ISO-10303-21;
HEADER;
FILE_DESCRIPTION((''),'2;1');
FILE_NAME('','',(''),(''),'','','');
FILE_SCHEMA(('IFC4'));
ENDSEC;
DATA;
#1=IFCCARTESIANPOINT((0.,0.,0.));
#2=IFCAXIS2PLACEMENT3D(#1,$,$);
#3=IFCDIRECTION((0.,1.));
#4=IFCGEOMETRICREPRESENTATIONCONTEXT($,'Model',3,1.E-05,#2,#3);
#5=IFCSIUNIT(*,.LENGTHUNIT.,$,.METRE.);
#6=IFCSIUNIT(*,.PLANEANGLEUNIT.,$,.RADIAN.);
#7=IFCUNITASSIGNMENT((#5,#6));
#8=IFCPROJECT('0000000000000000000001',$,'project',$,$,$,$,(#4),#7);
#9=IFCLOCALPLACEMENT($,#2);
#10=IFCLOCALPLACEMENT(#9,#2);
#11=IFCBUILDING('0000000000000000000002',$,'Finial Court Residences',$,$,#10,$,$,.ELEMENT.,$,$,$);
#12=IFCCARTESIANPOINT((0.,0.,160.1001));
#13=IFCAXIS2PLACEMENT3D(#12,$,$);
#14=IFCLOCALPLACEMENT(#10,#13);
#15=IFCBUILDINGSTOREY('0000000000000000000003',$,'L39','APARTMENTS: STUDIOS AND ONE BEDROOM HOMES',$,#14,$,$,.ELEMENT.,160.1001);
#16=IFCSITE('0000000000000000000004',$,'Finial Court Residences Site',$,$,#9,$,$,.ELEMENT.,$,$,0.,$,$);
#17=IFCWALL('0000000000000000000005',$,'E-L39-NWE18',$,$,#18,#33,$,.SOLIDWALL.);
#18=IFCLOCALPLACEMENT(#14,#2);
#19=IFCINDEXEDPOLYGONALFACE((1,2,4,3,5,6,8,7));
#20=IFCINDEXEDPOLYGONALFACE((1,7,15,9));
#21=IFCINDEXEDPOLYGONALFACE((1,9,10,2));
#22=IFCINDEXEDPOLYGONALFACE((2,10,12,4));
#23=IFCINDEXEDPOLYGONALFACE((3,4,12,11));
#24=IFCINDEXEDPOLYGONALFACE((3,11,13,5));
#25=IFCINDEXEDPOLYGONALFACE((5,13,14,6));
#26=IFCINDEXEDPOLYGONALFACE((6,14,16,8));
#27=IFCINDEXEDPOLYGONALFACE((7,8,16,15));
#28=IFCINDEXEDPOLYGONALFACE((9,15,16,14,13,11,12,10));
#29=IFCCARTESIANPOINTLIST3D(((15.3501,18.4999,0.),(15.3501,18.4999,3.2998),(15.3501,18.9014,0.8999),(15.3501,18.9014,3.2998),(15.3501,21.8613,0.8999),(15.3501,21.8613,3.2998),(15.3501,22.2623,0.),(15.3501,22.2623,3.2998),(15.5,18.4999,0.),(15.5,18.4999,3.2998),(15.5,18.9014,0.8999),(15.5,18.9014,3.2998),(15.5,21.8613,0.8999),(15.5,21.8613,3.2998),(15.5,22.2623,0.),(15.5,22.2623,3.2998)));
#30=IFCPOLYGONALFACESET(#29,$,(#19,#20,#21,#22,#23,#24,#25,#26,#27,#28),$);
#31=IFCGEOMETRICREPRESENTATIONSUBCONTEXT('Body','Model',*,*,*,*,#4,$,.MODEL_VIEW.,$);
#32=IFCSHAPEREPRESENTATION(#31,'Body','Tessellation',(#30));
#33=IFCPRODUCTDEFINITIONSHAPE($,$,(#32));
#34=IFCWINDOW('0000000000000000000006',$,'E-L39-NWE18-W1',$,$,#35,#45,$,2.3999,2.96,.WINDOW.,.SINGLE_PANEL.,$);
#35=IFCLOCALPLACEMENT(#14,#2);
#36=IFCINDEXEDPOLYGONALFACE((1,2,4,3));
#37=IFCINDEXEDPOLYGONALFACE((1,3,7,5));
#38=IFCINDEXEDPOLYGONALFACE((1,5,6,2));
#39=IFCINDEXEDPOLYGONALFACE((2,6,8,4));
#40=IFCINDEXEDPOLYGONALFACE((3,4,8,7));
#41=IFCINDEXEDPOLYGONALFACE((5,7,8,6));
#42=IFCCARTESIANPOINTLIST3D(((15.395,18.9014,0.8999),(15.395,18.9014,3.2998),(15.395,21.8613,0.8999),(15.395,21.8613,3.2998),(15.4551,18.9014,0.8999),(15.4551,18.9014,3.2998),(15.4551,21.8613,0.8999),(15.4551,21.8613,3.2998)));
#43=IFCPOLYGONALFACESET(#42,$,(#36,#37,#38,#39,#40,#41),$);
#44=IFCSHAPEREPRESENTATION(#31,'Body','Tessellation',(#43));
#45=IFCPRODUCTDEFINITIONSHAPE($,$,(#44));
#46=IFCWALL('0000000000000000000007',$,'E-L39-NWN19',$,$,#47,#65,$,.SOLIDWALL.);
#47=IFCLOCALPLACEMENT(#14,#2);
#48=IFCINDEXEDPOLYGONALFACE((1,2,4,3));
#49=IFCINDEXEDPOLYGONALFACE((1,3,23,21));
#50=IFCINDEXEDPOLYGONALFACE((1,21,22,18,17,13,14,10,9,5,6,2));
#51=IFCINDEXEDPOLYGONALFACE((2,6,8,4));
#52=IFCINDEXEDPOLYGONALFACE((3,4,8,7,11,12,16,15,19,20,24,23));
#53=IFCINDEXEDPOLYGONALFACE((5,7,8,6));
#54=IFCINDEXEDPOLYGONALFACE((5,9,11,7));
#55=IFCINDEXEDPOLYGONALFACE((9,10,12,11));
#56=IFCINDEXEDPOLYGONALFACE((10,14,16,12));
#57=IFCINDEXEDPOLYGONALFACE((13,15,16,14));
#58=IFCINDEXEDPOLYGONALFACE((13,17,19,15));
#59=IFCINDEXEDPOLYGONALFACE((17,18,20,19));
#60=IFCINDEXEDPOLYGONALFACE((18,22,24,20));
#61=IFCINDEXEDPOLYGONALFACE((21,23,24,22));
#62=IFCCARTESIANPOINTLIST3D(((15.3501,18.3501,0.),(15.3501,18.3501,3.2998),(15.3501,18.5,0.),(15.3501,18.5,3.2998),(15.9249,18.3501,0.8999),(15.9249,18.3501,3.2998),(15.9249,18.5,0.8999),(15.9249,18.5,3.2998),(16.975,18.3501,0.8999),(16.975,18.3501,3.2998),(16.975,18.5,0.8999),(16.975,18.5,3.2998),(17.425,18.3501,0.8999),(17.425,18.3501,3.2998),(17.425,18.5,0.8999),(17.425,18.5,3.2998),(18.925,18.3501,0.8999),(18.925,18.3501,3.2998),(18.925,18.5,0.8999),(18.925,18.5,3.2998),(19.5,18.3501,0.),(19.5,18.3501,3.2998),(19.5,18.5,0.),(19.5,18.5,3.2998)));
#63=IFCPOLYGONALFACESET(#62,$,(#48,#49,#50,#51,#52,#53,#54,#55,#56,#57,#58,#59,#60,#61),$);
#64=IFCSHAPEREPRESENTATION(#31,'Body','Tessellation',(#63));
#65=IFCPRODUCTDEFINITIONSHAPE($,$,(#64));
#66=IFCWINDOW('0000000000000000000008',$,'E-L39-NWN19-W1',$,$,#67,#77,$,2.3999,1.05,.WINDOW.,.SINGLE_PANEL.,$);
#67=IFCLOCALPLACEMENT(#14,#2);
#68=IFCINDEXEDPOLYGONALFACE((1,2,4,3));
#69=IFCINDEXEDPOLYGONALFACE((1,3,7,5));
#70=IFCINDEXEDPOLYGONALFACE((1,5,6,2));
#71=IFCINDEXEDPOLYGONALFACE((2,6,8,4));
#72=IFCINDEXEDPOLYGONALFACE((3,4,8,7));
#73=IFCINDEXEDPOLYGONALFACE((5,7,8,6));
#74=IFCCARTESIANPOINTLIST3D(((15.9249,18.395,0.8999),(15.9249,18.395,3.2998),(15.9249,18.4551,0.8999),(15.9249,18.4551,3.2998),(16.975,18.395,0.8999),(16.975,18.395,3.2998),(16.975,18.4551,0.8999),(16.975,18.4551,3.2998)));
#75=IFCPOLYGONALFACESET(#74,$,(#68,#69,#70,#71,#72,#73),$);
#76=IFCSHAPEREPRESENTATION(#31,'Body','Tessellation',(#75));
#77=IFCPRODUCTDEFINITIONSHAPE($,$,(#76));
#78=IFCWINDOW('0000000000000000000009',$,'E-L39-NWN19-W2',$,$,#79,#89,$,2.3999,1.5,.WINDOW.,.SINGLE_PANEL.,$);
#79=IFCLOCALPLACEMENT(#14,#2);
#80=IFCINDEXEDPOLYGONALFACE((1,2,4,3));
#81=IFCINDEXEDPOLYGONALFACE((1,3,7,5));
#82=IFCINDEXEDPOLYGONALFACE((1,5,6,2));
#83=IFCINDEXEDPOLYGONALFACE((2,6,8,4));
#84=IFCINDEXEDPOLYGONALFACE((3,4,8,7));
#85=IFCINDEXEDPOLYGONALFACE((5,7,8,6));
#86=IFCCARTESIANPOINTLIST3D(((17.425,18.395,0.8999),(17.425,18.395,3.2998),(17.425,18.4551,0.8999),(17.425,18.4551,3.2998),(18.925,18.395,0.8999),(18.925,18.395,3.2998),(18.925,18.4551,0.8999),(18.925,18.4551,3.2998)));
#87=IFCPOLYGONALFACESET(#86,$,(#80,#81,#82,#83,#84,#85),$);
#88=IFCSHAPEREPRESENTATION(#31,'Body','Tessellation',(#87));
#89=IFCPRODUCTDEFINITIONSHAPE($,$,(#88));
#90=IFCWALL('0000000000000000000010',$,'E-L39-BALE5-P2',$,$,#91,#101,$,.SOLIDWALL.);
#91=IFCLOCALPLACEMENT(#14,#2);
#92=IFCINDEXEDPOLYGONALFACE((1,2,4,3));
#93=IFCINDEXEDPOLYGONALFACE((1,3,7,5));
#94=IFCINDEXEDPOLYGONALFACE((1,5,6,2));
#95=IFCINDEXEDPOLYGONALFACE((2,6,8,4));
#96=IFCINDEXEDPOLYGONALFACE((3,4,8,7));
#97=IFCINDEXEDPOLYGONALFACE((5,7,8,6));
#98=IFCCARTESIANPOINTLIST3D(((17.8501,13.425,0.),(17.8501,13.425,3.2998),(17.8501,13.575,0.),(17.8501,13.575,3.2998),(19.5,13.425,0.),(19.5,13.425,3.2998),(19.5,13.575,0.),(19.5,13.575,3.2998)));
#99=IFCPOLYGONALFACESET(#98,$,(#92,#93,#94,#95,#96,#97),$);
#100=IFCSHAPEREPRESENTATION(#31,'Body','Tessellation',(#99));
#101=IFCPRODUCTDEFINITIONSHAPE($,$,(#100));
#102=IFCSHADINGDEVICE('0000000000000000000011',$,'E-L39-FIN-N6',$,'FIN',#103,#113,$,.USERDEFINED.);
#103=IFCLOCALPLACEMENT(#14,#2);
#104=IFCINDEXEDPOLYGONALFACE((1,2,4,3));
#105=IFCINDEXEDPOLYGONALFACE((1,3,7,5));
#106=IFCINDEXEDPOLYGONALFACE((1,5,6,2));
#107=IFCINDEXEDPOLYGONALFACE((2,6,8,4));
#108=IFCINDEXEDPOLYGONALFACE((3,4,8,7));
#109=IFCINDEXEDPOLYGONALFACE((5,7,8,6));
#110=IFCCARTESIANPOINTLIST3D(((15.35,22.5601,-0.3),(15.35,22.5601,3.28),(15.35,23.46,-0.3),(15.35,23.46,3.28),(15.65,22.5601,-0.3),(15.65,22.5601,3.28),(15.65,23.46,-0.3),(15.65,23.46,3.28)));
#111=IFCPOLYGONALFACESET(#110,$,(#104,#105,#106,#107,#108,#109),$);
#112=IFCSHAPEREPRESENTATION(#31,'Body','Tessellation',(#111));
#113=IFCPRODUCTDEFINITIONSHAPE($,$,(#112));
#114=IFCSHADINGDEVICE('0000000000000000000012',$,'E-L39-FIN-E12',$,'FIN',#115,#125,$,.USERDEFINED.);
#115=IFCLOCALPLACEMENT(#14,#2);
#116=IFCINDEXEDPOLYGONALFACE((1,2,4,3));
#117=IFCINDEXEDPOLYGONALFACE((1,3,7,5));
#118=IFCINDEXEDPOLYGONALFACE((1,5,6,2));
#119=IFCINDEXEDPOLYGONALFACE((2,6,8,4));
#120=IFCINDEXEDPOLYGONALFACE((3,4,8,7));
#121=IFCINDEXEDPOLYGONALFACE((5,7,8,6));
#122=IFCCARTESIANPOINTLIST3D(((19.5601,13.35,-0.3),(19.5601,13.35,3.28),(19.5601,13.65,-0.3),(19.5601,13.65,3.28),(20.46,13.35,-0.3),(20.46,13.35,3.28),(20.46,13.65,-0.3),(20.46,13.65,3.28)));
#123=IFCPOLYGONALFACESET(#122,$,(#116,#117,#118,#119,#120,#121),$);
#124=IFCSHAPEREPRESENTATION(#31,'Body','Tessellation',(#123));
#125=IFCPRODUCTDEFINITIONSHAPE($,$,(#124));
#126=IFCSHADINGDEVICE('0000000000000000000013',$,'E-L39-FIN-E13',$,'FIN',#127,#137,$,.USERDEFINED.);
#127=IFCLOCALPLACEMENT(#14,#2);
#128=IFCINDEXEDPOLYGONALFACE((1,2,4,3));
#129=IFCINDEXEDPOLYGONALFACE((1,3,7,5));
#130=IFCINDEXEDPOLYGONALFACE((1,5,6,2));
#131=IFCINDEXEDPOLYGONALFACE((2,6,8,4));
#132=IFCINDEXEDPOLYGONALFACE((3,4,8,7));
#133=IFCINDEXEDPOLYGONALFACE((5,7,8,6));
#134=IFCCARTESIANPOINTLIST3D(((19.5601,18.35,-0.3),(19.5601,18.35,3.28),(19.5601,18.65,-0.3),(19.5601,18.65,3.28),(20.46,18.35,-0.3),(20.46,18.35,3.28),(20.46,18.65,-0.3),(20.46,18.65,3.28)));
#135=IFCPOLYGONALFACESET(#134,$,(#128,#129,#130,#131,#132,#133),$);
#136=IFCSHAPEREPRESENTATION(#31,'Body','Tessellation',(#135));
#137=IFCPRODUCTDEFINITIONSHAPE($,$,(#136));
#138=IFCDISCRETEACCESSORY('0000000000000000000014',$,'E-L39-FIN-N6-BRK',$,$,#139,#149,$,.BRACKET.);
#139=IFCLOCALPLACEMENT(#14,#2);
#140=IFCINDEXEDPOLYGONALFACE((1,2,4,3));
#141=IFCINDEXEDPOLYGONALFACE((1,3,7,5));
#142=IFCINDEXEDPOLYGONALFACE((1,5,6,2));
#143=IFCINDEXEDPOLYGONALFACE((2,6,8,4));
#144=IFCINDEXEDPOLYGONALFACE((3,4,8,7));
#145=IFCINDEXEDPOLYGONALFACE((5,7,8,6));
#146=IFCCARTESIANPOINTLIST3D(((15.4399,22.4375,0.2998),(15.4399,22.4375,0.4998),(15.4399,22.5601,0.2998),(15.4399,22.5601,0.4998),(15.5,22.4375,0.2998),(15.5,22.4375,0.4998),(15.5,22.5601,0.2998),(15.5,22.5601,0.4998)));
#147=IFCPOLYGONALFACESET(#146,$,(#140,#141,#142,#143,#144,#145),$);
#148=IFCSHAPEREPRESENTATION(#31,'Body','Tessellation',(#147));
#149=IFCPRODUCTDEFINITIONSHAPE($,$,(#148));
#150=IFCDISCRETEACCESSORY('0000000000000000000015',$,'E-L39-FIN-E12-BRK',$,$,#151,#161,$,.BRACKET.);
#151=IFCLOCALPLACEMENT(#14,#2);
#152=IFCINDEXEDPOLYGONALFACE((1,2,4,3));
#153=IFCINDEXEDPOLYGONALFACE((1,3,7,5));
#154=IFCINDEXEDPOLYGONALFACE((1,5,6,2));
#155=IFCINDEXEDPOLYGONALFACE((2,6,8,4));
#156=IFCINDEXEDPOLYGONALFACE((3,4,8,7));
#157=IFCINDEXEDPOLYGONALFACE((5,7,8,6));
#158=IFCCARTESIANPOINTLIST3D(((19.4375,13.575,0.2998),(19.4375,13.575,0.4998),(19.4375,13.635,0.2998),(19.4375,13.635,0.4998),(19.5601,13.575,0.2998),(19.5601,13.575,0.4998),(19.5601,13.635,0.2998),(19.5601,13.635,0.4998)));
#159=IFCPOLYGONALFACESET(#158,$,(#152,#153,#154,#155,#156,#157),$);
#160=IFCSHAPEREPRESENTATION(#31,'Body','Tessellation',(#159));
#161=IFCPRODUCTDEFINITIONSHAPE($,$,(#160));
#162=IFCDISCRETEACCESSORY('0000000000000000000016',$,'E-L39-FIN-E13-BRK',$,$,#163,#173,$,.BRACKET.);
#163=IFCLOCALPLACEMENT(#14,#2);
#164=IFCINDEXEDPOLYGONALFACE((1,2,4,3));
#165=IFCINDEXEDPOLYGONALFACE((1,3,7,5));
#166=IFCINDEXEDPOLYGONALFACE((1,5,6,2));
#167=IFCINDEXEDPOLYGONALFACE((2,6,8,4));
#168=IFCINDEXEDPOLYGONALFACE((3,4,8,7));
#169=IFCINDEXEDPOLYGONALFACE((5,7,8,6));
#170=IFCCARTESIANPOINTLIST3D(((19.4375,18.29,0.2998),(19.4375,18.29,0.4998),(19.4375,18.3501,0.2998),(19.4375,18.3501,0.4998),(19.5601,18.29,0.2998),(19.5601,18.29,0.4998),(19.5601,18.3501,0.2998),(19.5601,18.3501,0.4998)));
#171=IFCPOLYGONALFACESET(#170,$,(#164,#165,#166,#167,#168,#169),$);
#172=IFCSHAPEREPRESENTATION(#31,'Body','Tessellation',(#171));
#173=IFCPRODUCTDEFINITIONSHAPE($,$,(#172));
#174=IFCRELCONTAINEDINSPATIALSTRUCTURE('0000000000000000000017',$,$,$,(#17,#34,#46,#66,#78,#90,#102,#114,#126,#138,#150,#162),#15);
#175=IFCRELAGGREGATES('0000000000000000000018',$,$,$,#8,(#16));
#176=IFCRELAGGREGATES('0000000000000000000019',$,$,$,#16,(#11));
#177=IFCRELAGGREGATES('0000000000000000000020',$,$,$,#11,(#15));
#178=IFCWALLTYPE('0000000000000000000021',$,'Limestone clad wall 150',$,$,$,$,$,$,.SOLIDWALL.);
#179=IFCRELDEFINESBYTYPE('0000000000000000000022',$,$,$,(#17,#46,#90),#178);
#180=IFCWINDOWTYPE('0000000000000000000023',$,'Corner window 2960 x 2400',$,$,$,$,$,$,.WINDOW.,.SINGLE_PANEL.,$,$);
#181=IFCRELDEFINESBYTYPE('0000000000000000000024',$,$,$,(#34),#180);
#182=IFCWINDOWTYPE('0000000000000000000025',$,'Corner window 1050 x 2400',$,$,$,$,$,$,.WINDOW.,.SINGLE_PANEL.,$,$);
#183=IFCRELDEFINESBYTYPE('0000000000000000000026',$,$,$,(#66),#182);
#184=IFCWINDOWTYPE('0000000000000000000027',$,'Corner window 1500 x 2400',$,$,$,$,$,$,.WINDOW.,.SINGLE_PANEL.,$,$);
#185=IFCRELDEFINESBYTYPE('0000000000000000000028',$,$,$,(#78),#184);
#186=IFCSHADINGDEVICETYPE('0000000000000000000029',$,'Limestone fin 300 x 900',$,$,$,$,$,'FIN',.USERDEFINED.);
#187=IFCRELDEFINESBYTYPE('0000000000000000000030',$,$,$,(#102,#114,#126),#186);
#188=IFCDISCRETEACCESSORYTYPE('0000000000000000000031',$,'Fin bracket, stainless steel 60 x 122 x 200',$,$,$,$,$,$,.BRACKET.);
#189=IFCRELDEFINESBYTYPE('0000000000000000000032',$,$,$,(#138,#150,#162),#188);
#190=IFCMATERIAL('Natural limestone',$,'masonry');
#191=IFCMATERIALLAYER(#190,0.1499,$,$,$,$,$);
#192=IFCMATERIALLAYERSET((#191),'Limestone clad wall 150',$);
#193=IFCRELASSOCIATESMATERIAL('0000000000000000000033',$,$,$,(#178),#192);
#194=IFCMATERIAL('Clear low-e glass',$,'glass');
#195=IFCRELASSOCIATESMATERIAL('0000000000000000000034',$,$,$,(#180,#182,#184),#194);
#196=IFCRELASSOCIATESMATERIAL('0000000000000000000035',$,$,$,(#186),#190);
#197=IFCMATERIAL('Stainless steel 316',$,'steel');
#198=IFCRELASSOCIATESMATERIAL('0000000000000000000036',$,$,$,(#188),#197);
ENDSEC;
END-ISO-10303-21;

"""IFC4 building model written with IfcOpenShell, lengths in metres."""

from ifc_helpers import new_model, si_unit, direction, frame, frame_2d, origin, origin_2d, place, context, subcontext, project, spatial, rectangle, extrude, material, layer, layer_set, type_object, element, fill, save


model = new_model("IFC4")

# Units and contexts
model_context = context("Model", 3, precision=1e-05, world=origin(), true_north=direction((0.0, 1.0)))
body_context = subcontext(model_context, "Body", "Model", "MODEL_VIEW")
ifc_project = project(units=[si_unit("LENGTHUNIT", "METRE"), si_unit("PLANEANGLEUNIT", "RADIAN")], contexts=[model_context])

# Site, building, storey
site_placement = place(None, origin())
site = spatial("IfcSite", under=ifc_project, at=site_placement, Name="Finial Court Residences Site", CompositionType="ELEMENT", RefElevation=0.0)
building_placement = place(site_placement, origin())
building = spatial("IfcBuilding", under=site, at=building_placement, Name="Finial Court Residences", CompositionType="ELEMENT")
storey_placement = place(building_placement, frame((0.0, 0.0, 160.1001)))
storey = spatial("IfcBuildingStorey", under=building, at=storey_placement, Name="L39", Description="APARTMENTS: STUDIOS AND ONE BEDROOM HOMES", CompositionType="ELEMENT", Elevation=160.1001)

# Shared definitions
ifc_material_1 = material(Name="Clear low-e glass", Category="glass")

# Wall, opening, window
ifc_material_2 = material(Name="Natural limestone", Category="masonry")
ifc_layer_1 = layer(ifc_material_2, 0.1499)
ifc_layer_set_1 = layer_set([ifc_layer_1], Name="Limestone clad wall 150")
wall_type_1 = type_object("IfcWallType", Name="Limestone clad wall 150", PredefinedType="SOLIDWALL", material=ifc_layer_set_1)
wall_1_placement = place(storey_placement, frame((15.425, 22.2625, 0.0), z_axis=(0.0, 0.0, 1.0), x_axis=(0.0, -1.0, 0.0)))
wall_1 = element("IfcWall", 1, at=wall_1_placement, inside=storey, type_object=wall_type_1, Name="E-L39-NWE18", PredefinedType="SOLIDWALL", context=body_context, shape_type="SweptSolid", body=[
    extrude(rectangle(XDim=3.7625, YDim=0.1499, at=frame_2d((1.8813, 0.0))), origin(), (0.0, 0.0, 1.0), 3.2998),
])
opening_1_placement = place(wall_1_placement, frame((0.4011, 0.0, 0.8999)))
opening_1 = element("IfcOpeningElement", 2, at=opening_1_placement, cuts=wall_1, PredefinedType="OPENING", context=body_context, shape_type="SweptSolid", body=[
    extrude(rectangle(XDim=2.96, YDim=2.3999, at=frame_2d((1.48, 1.2))), frame((0.0, 0.085, 0.0), z_axis=(0.0, -1.0, 0.0), x_axis=(1.0, 0.0, 0.0)), (0.0, 0.0, 1.0), 0.1699),
])
window_type_1 = type_object("IfcWindowType", Name="Corner window 2960 x 2400", PartitioningType="SINGLE_PANEL", PredefinedType="WINDOW", material=ifc_material_1)
window_1_placement = place(opening_1_placement, origin())
window_1 = element("IfcWindow", 3, at=window_1_placement, inside=storey, type_object=window_type_1, Name="E-L39-NWE18-W1", OverallHeight=2.3999, OverallWidth=2.96, PartitioningType="SINGLE_PANEL", PredefinedType="WINDOW", context=body_context, shape_type="SweptSolid", body=[
    extrude(rectangle(XDim=2.96, YDim=2.3999, at=frame_2d((1.48, 1.2))), frame((0.0, 0.03, 0.0), z_axis=(0.0, -1.0, 0.0), x_axis=(1.0, 0.0, 0.0)), (0.0, 0.0, 1.0), 0.0601),
])
fill(opening_1, window_1)

# Wall, openings, windows
wall_2_placement = place(storey_placement, frame((15.3501, 18.425, 0.0), z_axis=(0.0, 0.0, 1.0), x_axis=(1.0, 0.0, 0.0)))
wall_2 = element("IfcWall", 4, at=wall_2_placement, inside=storey, type_object=wall_type_1, Name="E-L39-NWN19", PredefinedType="SOLIDWALL", context=body_context, shape_type="SweptSolid", body=[
    extrude(rectangle(XDim=4.1499, YDim=0.1499, at=frame_2d((2.075, 0.0))), origin(), (0.0, 0.0, 1.0), 3.2998),
])
opening_2_placement = place(wall_2_placement, frame((0.575, 0.0, 0.8999)))
opening_2 = element("IfcOpeningElement", 5, at=opening_2_placement, cuts=wall_2, PredefinedType="OPENING", context=body_context, shape_type="SweptSolid", body=[
    extrude(rectangle(XDim=1.05, YDim=2.3999, at=frame_2d((0.5249, 1.2))), frame((0.0, 0.085, 0.0), z_axis=(0.0, -1.0, 0.0), x_axis=(1.0, 0.0, 0.0)), (0.0, 0.0, 1.0), 0.1699),
])
opening_3_placement = place(wall_2_placement, frame((2.075, 0.0, 0.8999)))
opening_3 = element("IfcOpeningElement", 6, at=opening_3_placement, cuts=wall_2, PredefinedType="OPENING", context=body_context, shape_type="SweptSolid", body=[
    extrude(rectangle(XDim=1.5, YDim=2.3999, at=frame_2d((0.75, 1.2))), frame((0.0, 0.085, 0.0), z_axis=(0.0, -1.0, 0.0), x_axis=(1.0, 0.0, 0.0)), (0.0, 0.0, 1.0), 0.1699),
])
window_type_2 = type_object("IfcWindowType", Name="Corner window 1050 x 2400", PartitioningType="SINGLE_PANEL", PredefinedType="WINDOW", material=ifc_material_1)
window_2_placement = place(opening_2_placement, origin())
window_2 = element("IfcWindow", 7, at=window_2_placement, inside=storey, type_object=window_type_2, Name="E-L39-NWN19-W1", OverallHeight=2.3999, OverallWidth=1.05, PartitioningType="SINGLE_PANEL", PredefinedType="WINDOW", context=body_context, shape_type="SweptSolid", body=[
    extrude(rectangle(XDim=1.05, YDim=2.3999, at=frame_2d((0.5249, 1.2))), frame((0.0, 0.03, 0.0), z_axis=(0.0, -1.0, 0.0), x_axis=(1.0, 0.0, 0.0)), (0.0, 0.0, 1.0), 0.0601),
])
fill(opening_2, window_2)
window_type_3 = type_object("IfcWindowType", Name="Corner window 1500 x 2400", PartitioningType="SINGLE_PANEL", PredefinedType="WINDOW", material=ifc_material_1)
window_3_placement = place(opening_3_placement, origin())
window_3 = element("IfcWindow", 8, at=window_3_placement, inside=storey, type_object=window_type_3, Name="E-L39-NWN19-W2", OverallHeight=2.3999, OverallWidth=1.5, PartitioningType="SINGLE_PANEL", PredefinedType="WINDOW", context=body_context, shape_type="SweptSolid", body=[
    extrude(rectangle(XDim=1.5, YDim=2.3999, at=frame_2d((0.75, 1.2))), frame((0.0, 0.03, 0.0), z_axis=(0.0, -1.0, 0.0), x_axis=(1.0, 0.0, 0.0)), (0.0, 0.0, 1.0), 0.0601),
])
fill(opening_3, window_3)

# Wall
wall_3_placement = place(storey_placement, frame((17.8501, 13.5, 0.0), z_axis=(0.0, 0.0, 1.0), x_axis=(1.0, 0.0, 0.0)))
element("IfcWall", 9, at=wall_3_placement, inside=storey, type_object=wall_type_1, Name="E-L39-BALE5-P2", PredefinedType="SOLIDWALL", context=body_context, shape_type="SweptSolid", body=[
    extrude(rectangle(XDim=1.6499, YDim=0.1499, at=frame_2d((0.825, 0.0))), origin(), (0.0, 0.0, 1.0), 3.2998),
])

# Shading devices
shading_device_type = type_object("IfcShadingDeviceType", Name="Limestone fin 300 x 900", ElementType="FIN", PredefinedType="USERDEFINED", material=ifc_material_2)
shading_device_placement = place(storey_placement, frame((15.5, 23.01, -0.3), z_axis=(0.0, 0.0, 1.0), x_axis=(1.0, 0.0, 0.0)))
element("IfcShadingDevice", 10, at=shading_device_placement, inside=storey, type_object=shading_device_type, Name="E-L39-FIN-N6", ObjectType="FIN", PredefinedType="USERDEFINED", context=body_context, shape_type="SweptSolid", body=[
    extrude(rectangle(XDim=0.3, YDim=0.8999, at=origin_2d()), origin(), (0.0, 0.0, 1.0), 3.5801),
])
for number, where, z_axis, x_axis, name in (
    (11, (20.01, 13.5, -0.3), (0.0, 0.0, 1.0), (1.0, 0.0, 0.0), "E-L39-FIN-E12"),
    (12, (20.01, 18.5, -0.3), (0.0, 0.0, 1.0), (1.0, 0.0, 0.0), "E-L39-FIN-E13"),
):
    element("IfcShadingDevice", number, at=place(storey_placement, frame(where, z_axis=z_axis, x_axis=x_axis)), inside=storey, type_object=shading_device_type, Name=name, ObjectType="FIN", PredefinedType="USERDEFINED", context=body_context, shape_type="SweptSolid", body=[
        extrude(rectangle(XDim=0.8999, YDim=0.3, at=origin_2d()), origin(), (0.0, 0.0, 1.0), 3.5801),
    ])

# Discrete accessories
ifc_material_3 = material(Name="Stainless steel 316", Category="steel")
discrete_accessory_type = type_object("IfcDiscreteAccessoryType", Name="Fin bracket, stainless steel 60 x 122 x 200", PredefinedType="BRACKET", material=ifc_material_3)
discrete_accessory_placement = place(storey_placement, frame((15.47, 22.4988, 0.2998), z_axis=(0.0, 0.0, 1.0), x_axis=(1.0, 0.0, 0.0)))
element("IfcDiscreteAccessory", 13, at=discrete_accessory_placement, inside=storey, type_object=discrete_accessory_type, Name="E-L39-FIN-N6-BRK", PredefinedType="BRACKET", context=body_context, shape_type="SweptSolid", body=[
    extrude(rectangle(XDim=0.0601, YDim=0.1226, at=origin_2d()), origin(), (0.0, 0.0, 1.0), 0.2),
])
for number, where, z_axis, x_axis, name in (
    (14, (19.4988, 13.605, 0.2998), (0.0, 0.0, 1.0), (1.0, 0.0, 0.0), "E-L39-FIN-E12-BRK"),
    (15, (19.4988, 18.3201, 0.2998), (0.0, 0.0, 1.0), (1.0, 0.0, 0.0), "E-L39-FIN-E13-BRK"),
):
    element("IfcDiscreteAccessory", number, at=place(storey_placement, frame(where, z_axis=z_axis, x_axis=x_axis)), inside=storey, type_object=discrete_accessory_type, Name=name, PredefinedType="BRACKET", context=body_context, shape_type="SweptSolid", body=[
        extrude(rectangle(XDim=0.1226, YDim=0.0601, at=origin_2d()), origin(), (0.0, 0.0, 1.0), 0.2),
    ])

save(model, "model.ifc")
